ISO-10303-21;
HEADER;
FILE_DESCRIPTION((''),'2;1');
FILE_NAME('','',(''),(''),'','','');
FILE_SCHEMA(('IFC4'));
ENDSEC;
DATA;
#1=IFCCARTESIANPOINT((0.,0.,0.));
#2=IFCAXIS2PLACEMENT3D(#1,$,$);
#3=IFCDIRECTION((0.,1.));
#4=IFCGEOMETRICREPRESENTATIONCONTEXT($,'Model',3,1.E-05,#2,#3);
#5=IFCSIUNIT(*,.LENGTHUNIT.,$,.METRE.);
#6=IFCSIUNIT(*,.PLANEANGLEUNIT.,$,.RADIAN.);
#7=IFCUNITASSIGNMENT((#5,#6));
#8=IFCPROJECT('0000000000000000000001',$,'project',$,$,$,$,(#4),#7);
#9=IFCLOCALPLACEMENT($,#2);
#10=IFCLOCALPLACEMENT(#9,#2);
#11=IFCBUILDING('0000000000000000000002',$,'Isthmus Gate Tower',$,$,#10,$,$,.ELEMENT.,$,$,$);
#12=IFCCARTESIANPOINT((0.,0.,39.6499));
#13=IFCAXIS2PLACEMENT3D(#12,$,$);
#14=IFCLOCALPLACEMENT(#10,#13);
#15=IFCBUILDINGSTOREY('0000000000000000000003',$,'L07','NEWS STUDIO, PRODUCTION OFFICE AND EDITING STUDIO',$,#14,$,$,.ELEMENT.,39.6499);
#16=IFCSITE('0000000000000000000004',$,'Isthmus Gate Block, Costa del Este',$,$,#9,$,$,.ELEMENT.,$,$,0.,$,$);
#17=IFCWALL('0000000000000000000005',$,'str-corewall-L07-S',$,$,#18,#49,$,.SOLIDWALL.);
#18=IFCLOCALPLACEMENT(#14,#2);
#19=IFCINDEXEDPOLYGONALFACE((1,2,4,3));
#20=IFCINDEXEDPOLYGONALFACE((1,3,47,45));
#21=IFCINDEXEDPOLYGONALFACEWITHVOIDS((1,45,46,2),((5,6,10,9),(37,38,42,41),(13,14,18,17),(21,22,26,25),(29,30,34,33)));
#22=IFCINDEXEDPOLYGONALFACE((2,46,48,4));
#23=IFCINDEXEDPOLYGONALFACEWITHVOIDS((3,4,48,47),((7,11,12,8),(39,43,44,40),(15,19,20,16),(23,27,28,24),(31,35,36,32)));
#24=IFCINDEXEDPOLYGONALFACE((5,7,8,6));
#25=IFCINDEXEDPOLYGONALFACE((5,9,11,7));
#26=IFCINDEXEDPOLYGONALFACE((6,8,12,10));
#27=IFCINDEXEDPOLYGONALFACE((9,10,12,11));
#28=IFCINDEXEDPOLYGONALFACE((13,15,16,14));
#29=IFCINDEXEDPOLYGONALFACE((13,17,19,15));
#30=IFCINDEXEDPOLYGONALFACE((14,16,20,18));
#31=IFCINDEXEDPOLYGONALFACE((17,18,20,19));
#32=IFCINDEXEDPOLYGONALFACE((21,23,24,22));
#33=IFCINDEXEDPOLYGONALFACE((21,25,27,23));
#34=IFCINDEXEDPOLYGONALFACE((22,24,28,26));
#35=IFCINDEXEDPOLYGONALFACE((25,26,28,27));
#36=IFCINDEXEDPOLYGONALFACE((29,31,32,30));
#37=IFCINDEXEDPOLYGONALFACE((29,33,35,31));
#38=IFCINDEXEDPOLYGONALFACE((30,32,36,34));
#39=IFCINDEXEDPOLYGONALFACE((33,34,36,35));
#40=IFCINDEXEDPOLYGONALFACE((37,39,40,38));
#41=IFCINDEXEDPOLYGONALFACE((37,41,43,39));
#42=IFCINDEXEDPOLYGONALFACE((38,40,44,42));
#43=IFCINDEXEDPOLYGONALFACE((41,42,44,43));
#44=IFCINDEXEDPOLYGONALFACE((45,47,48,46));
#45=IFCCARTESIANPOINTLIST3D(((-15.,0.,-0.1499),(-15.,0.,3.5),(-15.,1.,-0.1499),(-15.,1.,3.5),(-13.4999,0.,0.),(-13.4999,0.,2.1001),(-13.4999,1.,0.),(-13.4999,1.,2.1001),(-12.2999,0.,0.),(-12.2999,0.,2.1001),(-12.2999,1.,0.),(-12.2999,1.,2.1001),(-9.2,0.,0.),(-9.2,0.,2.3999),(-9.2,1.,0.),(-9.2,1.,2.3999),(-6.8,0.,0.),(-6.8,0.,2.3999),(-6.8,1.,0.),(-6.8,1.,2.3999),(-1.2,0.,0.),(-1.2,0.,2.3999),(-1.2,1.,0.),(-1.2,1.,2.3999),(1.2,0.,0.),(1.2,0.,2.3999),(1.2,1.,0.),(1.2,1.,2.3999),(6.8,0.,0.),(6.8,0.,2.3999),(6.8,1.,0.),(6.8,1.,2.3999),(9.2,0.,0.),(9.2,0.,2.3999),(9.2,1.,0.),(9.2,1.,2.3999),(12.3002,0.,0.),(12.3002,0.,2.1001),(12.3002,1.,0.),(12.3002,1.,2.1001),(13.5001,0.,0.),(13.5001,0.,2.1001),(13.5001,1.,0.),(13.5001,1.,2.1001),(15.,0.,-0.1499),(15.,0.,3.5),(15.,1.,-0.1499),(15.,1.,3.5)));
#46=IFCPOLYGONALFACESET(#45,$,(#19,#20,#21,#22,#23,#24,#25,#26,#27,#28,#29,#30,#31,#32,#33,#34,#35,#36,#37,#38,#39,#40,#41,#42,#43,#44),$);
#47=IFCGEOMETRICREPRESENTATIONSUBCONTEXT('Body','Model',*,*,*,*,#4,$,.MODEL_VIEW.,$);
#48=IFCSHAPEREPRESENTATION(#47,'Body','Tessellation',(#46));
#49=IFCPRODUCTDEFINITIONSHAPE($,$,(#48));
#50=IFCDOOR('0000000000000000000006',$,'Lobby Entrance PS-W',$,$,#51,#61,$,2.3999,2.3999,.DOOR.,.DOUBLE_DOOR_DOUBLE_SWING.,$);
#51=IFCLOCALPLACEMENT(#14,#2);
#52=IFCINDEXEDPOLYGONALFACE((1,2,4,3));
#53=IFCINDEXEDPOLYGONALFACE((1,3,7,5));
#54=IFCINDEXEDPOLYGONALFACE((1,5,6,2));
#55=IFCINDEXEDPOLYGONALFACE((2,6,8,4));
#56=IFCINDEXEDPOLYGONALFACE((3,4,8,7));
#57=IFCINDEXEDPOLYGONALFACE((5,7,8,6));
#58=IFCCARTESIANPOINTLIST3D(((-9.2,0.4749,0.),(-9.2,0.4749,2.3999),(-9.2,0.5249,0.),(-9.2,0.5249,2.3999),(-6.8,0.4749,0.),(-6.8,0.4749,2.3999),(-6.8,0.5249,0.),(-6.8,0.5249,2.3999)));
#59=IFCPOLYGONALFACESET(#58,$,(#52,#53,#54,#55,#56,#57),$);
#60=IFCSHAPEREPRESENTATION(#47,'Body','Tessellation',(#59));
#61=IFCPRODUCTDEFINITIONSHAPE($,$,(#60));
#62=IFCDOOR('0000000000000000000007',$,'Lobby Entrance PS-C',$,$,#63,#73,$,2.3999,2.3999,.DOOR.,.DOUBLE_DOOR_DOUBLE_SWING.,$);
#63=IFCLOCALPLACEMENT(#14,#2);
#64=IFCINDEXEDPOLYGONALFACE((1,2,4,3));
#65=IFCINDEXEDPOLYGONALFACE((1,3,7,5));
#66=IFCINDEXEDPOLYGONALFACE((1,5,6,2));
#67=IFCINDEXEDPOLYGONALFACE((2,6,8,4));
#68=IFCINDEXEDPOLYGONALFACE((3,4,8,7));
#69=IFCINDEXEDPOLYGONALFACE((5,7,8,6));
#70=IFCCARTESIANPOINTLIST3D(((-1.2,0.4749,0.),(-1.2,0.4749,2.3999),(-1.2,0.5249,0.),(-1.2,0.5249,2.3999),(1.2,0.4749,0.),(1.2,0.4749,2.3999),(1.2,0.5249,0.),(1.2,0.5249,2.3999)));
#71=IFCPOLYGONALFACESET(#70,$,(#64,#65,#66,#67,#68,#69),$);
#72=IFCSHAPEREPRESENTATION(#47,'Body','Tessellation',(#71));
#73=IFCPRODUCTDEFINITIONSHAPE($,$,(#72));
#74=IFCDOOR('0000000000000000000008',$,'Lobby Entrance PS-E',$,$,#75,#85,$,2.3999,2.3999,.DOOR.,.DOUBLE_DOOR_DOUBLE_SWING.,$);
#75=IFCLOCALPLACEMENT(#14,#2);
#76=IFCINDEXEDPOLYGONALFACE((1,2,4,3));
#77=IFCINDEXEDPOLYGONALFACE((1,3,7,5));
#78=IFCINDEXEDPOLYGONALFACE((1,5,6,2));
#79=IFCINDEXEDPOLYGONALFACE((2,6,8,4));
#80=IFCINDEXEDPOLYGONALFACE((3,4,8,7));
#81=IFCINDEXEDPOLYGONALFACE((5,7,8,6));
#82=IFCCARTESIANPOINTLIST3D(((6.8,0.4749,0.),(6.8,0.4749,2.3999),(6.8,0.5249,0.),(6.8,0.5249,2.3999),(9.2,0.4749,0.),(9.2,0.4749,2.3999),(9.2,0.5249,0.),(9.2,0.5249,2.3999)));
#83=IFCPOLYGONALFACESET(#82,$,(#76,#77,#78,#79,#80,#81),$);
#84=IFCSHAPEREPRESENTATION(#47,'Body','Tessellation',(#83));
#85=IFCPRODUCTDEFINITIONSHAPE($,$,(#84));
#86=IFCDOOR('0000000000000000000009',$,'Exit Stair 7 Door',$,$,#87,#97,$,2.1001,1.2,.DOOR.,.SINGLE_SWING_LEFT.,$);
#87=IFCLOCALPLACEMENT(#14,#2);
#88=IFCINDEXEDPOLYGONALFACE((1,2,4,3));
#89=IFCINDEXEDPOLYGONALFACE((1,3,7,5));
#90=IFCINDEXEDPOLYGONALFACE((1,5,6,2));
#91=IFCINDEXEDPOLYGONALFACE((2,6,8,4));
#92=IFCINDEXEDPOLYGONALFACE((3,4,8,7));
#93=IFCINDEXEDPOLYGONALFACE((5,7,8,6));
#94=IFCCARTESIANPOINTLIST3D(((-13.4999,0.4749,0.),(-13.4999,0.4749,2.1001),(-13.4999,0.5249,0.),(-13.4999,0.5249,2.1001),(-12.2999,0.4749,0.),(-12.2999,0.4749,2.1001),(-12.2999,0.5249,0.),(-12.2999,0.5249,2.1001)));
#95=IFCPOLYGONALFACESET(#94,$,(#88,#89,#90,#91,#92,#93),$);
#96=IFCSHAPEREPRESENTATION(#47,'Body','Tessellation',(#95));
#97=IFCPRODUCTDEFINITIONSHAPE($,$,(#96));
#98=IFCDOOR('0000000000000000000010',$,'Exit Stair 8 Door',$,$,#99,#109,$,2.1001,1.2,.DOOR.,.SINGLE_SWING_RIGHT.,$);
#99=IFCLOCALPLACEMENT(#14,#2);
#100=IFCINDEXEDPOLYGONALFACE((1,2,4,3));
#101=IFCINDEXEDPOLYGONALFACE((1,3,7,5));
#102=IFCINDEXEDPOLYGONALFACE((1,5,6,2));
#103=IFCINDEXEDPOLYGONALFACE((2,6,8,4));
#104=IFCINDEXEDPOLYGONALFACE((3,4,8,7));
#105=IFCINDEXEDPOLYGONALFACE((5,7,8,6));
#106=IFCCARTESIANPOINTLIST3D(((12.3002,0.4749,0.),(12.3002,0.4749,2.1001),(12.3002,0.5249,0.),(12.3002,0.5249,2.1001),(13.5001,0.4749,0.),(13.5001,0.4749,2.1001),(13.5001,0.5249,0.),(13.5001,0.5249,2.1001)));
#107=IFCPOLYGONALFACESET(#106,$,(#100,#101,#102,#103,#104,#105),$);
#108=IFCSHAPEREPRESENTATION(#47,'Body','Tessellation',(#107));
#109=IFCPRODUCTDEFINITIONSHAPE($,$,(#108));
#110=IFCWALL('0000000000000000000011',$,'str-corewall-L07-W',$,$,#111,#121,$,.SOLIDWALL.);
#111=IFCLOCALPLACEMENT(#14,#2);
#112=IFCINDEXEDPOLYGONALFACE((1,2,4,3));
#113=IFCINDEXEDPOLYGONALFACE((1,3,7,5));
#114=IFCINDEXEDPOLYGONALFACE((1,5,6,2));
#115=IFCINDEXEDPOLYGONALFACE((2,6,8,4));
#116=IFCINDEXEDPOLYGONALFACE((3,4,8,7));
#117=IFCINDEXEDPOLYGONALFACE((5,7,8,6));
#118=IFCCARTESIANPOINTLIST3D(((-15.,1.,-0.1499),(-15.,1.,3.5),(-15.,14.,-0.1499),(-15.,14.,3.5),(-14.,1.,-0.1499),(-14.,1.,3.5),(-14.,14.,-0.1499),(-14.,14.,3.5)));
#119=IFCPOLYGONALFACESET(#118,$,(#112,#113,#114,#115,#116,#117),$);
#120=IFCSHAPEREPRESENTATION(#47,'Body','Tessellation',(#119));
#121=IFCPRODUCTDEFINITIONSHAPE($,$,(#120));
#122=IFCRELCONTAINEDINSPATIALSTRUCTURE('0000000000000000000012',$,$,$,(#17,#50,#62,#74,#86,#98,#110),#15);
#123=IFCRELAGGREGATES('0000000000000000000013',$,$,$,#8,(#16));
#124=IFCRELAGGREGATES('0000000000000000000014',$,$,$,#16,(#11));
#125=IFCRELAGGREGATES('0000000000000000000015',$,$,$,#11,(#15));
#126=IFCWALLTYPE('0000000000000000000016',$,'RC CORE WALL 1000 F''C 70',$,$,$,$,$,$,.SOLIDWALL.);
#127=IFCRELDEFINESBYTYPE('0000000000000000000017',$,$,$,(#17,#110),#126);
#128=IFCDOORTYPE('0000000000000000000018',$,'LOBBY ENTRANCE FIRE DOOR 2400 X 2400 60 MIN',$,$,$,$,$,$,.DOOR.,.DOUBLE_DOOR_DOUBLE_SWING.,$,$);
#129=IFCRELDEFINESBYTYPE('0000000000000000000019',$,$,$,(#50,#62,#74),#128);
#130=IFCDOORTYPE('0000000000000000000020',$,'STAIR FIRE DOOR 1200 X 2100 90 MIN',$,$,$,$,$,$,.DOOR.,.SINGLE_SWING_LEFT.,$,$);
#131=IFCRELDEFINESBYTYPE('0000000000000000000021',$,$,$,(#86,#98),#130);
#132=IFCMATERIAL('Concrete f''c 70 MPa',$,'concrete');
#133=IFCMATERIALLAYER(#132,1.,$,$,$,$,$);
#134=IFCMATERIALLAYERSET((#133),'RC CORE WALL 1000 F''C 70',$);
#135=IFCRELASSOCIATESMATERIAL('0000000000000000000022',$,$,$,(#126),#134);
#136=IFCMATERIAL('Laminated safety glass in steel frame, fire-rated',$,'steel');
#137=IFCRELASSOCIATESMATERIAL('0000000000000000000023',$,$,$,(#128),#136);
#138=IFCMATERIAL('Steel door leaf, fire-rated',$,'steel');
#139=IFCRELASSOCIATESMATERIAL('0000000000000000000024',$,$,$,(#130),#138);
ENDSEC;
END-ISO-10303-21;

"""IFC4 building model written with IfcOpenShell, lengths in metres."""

from ifc_helpers import new_model, si_unit, direction, frame, frame_2d, origin, place, context, subcontext, project, spatial, rectangle, extrude, material, layer, layer_set, type_object, element, fill, save


model = new_model("IFC4")

# Units and contexts
model_context = context("Model", 3, precision=1e-05, world=origin(), true_north=direction((0.0, 1.0)))
body_context = subcontext(model_context, "Body", "Model", "MODEL_VIEW")
ifc_project = project(units=[si_unit("LENGTHUNIT", "METRE"), si_unit("PLANEANGLEUNIT", "RADIAN")], contexts=[model_context])

# Site, building, storey
site_placement = place(None, origin())
site = spatial("IfcSite", under=ifc_project, at=site_placement, Name="Isthmus Gate Block, Costa del Este", CompositionType="ELEMENT", RefElevation=0.0)
building_placement = place(site_placement, origin())
building = spatial("IfcBuilding", under=site, at=building_placement, Name="Isthmus Gate Tower", CompositionType="ELEMENT")
storey_placement = place(building_placement, frame((0.0, 0.0, 39.6499)))
storey = spatial("IfcBuildingStorey", under=building, at=storey_placement, Name="L07", Description="NEWS STUDIO, PRODUCTION OFFICE AND EDITING STUDIO", CompositionType="ELEMENT", Elevation=39.6499)

# Wall, openings, doors
ifc_material_1 = material(Name="Concrete f'c 70 MPa", Category="concrete")
ifc_layer_1 = layer(ifc_material_1, 1.0)
ifc_layer_set_1 = layer_set([ifc_layer_1], Name="RC CORE WALL 1000 F'C 70")
wall_type_1 = type_object("IfcWallType", Name="RC CORE WALL 1000 F'C 70", PredefinedType="SOLIDWALL", material=ifc_layer_set_1)
wall_1_placement = place(storey_placement, frame((-15.0, 0.5, -0.1499), z_axis=(0.0, 0.0, 1.0), x_axis=(1.0, 0.0, 0.0)))
wall_1 = element("IfcWall", 1, at=wall_1_placement, inside=storey, type_object=wall_type_1, Name="str-corewall-L07-S", PredefinedType="SOLIDWALL", context=body_context, shape_type="SweptSolid", body=[
    extrude(rectangle(XDim=30.0, YDim=1.0, at=frame_2d((15.0, 0.0))), origin(), (0.0, 0.0, 1.0), 3.6499),
])
opening_1_placement = place(wall_1_placement, frame((5.8, 0.0, 0.1499)))
opening_1 = element("IfcOpeningElement", 2, at=opening_1_placement, cuts=wall_1, PredefinedType="OPENING", context=body_context, shape_type="SweptSolid", body=[
    extrude(rectangle(XDim=2.3999, YDim=2.3999, at=frame_2d((1.2, 1.2))), frame((0.0, 0.51, 0.0), z_axis=(0.0, -1.0, 0.0), x_axis=(1.0, 0.0, 0.0)), (0.0, 0.0, 1.0), 1.02),
])
opening_2_placement = place(wall_1_placement, frame((13.8, 0.0, 0.1499)))
opening_2 = element("IfcOpeningElement", 3, at=opening_2_placement, cuts=wall_1, PredefinedType="OPENING", context=body_context, shape_type="SweptSolid", body=[
    extrude(rectangle(XDim=2.3999, YDim=2.3999, at=frame_2d((1.2, 1.2))), frame((0.0, 0.51, 0.0), z_axis=(0.0, -1.0, 0.0), x_axis=(1.0, 0.0, 0.0)), (0.0, 0.0, 1.0), 1.02),
])
opening_3_placement = place(wall_1_placement, frame((21.8, 0.0, 0.1499)))
opening_3 = element("IfcOpeningElement", 4, at=opening_3_placement, cuts=wall_1, PredefinedType="OPENING", context=body_context, shape_type="SweptSolid", body=[
    extrude(rectangle(XDim=2.3999, YDim=2.3999, at=frame_2d((1.2, 1.2))), frame((0.0, 0.51, 0.0), z_axis=(0.0, -1.0, 0.0), x_axis=(1.0, 0.0, 0.0)), (0.0, 0.0, 1.0), 1.02),
])
opening_4_placement = place(wall_1_placement, frame((1.5, 0.0, 0.1499)))
opening_4 = element("IfcOpeningElement", 5, at=opening_4_placement, cuts=wall_1, PredefinedType="OPENING", context=body_context, shape_type="SweptSolid", body=[
    extrude(rectangle(XDim=1.2, YDim=2.1001, at=frame_2d((0.6001, 1.05))), frame((0.0, 0.51, 0.0), z_axis=(0.0, -1.0, 0.0), x_axis=(1.0, 0.0, 0.0)), (0.0, 0.0, 1.0), 1.02),
])
opening_5_placement = place(wall_1_placement, frame((27.3, 0.0, 0.1499)))
opening_5 = element("IfcOpeningElement", 6, at=opening_5_placement, cuts=wall_1, PredefinedType="OPENING", context=body_context, shape_type="SweptSolid", body=[
    extrude(rectangle(XDim=1.2, YDim=2.1001, at=frame_2d((0.6001, 1.05))), frame((0.0, 0.51, 0.0), z_axis=(0.0, -1.0, 0.0), x_axis=(1.0, 0.0, 0.0)), (0.0, 0.0, 1.0), 1.02),
])
ifc_material_2 = material(Name="Laminated safety glass in steel frame, fire-rated", Category="steel")
door_type_1 = type_object("IfcDoorType", Name="LOBBY ENTRANCE FIRE DOOR 2400 X 2400 60 MIN", OperationType="DOUBLE_DOOR_DOUBLE_SWING", PredefinedType="DOOR", material=ifc_material_2)
door_1_placement = place(opening_1_placement, origin())
door_1 = element("IfcDoor", 7, at=door_1_placement, inside=storey, type_object=door_type_1, Name="Lobby Entrance PS-W", OperationType="DOUBLE_DOOR_DOUBLE_SWING", OverallHeight=2.3999, OverallWidth=2.3999, PredefinedType="DOOR", context=body_context, shape_type="SweptSolid", body=[
    extrude(rectangle(XDim=2.3999, YDim=2.3999, at=frame_2d((1.2, 1.2))), frame((0.0, 0.0249, 0.0), z_axis=(0.0, -1.0, 0.0), x_axis=(1.0, 0.0, 0.0)), (0.0, 0.0, 1.0), 0.05),
])
fill(opening_1, door_1)
door_2_placement = place(opening_2_placement, origin())
door_2 = element("IfcDoor", 8, at=door_2_placement, inside=storey, type_object=door_type_1, Name="Lobby Entrance PS-C", OperationType="DOUBLE_DOOR_DOUBLE_SWING", OverallHeight=2.3999, OverallWidth=2.3999, PredefinedType="DOOR", context=body_context, shape_type="SweptSolid", body=[
    extrude(rectangle(XDim=2.3999, YDim=2.3999, at=frame_2d((1.2, 1.2))), frame((0.0, 0.0249, 0.0), z_axis=(0.0, -1.0, 0.0), x_axis=(1.0, 0.0, 0.0)), (0.0, 0.0, 1.0), 0.05),
])
fill(opening_2, door_2)
door_3_placement = place(opening_3_placement, origin())
door_3 = element("IfcDoor", 9, at=door_3_placement, inside=storey, type_object=door_type_1, Name="Lobby Entrance PS-E", OperationType="DOUBLE_DOOR_DOUBLE_SWING", OverallHeight=2.3999, OverallWidth=2.3999, PredefinedType="DOOR", context=body_context, shape_type="SweptSolid", body=[
    extrude(rectangle(XDim=2.3999, YDim=2.3999, at=frame_2d((1.2, 1.2))), frame((0.0, 0.0249, 0.0), z_axis=(0.0, -1.0, 0.0), x_axis=(1.0, 0.0, 0.0)), (0.0, 0.0, 1.0), 0.05),
])
fill(opening_3, door_3)
ifc_material_3 = material(Name="Steel door leaf, fire-rated", Category="steel")
door_type_2 = type_object("IfcDoorType", Name="STAIR FIRE DOOR 1200 X 2100 90 MIN", OperationType="SINGLE_SWING_LEFT", PredefinedType="DOOR", material=ifc_material_3)
door_4_placement = place(opening_4_placement, origin())
door_4 = element("IfcDoor", 10, at=door_4_placement, inside=storey, type_object=door_type_2, Name="Exit Stair 7 Door", OperationType="SINGLE_SWING_LEFT", OverallHeight=2.1001, OverallWidth=1.2, PredefinedType="DOOR", context=body_context, shape_type="SweptSolid", body=[
    extrude(rectangle(XDim=1.2, YDim=2.1001, at=frame_2d((0.6001, 1.05))), frame((0.0, 0.0249, 0.0), z_axis=(0.0, -1.0, 0.0), x_axis=(1.0, 0.0, 0.0)), (0.0, 0.0, 1.0), 0.05),
])
fill(opening_4, door_4)
door_5_placement = place(opening_5_placement, origin())
door_5 = element("IfcDoor", 11, at=door_5_placement, inside=storey, type_object=door_type_2, Name="Exit Stair 8 Door", OperationType="SINGLE_SWING_RIGHT", OverallHeight=2.1001, OverallWidth=1.2, PredefinedType="DOOR", context=body_context, shape_type="SweptSolid", body=[
    extrude(rectangle(XDim=1.2, YDim=2.1001, at=frame_2d((0.6001, 1.05))), frame((0.0, 0.0249, 0.0), z_axis=(0.0, -1.0, 0.0), x_axis=(1.0, 0.0, 0.0)), (0.0, 0.0, 1.0), 0.05),
])
fill(opening_5, door_5)

# Wall
wall_2_placement = place(storey_placement, frame((-14.5, 1.0, -0.1499), z_axis=(0.0, 0.0, 1.0), x_axis=(0.0, 1.0, 0.0)))
element("IfcWall", 12, at=wall_2_placement, inside=storey, type_object=wall_type_1, Name="str-corewall-L07-W", PredefinedType="SOLIDWALL", context=body_context, shape_type="SweptSolid", body=[
    extrude(rectangle(XDim=13.0, YDim=1.0, at=frame_2d((6.5, 0.0))), origin(), (0.0, 0.0, 1.0), 3.6499),
])

save(model, "model.ifc")
